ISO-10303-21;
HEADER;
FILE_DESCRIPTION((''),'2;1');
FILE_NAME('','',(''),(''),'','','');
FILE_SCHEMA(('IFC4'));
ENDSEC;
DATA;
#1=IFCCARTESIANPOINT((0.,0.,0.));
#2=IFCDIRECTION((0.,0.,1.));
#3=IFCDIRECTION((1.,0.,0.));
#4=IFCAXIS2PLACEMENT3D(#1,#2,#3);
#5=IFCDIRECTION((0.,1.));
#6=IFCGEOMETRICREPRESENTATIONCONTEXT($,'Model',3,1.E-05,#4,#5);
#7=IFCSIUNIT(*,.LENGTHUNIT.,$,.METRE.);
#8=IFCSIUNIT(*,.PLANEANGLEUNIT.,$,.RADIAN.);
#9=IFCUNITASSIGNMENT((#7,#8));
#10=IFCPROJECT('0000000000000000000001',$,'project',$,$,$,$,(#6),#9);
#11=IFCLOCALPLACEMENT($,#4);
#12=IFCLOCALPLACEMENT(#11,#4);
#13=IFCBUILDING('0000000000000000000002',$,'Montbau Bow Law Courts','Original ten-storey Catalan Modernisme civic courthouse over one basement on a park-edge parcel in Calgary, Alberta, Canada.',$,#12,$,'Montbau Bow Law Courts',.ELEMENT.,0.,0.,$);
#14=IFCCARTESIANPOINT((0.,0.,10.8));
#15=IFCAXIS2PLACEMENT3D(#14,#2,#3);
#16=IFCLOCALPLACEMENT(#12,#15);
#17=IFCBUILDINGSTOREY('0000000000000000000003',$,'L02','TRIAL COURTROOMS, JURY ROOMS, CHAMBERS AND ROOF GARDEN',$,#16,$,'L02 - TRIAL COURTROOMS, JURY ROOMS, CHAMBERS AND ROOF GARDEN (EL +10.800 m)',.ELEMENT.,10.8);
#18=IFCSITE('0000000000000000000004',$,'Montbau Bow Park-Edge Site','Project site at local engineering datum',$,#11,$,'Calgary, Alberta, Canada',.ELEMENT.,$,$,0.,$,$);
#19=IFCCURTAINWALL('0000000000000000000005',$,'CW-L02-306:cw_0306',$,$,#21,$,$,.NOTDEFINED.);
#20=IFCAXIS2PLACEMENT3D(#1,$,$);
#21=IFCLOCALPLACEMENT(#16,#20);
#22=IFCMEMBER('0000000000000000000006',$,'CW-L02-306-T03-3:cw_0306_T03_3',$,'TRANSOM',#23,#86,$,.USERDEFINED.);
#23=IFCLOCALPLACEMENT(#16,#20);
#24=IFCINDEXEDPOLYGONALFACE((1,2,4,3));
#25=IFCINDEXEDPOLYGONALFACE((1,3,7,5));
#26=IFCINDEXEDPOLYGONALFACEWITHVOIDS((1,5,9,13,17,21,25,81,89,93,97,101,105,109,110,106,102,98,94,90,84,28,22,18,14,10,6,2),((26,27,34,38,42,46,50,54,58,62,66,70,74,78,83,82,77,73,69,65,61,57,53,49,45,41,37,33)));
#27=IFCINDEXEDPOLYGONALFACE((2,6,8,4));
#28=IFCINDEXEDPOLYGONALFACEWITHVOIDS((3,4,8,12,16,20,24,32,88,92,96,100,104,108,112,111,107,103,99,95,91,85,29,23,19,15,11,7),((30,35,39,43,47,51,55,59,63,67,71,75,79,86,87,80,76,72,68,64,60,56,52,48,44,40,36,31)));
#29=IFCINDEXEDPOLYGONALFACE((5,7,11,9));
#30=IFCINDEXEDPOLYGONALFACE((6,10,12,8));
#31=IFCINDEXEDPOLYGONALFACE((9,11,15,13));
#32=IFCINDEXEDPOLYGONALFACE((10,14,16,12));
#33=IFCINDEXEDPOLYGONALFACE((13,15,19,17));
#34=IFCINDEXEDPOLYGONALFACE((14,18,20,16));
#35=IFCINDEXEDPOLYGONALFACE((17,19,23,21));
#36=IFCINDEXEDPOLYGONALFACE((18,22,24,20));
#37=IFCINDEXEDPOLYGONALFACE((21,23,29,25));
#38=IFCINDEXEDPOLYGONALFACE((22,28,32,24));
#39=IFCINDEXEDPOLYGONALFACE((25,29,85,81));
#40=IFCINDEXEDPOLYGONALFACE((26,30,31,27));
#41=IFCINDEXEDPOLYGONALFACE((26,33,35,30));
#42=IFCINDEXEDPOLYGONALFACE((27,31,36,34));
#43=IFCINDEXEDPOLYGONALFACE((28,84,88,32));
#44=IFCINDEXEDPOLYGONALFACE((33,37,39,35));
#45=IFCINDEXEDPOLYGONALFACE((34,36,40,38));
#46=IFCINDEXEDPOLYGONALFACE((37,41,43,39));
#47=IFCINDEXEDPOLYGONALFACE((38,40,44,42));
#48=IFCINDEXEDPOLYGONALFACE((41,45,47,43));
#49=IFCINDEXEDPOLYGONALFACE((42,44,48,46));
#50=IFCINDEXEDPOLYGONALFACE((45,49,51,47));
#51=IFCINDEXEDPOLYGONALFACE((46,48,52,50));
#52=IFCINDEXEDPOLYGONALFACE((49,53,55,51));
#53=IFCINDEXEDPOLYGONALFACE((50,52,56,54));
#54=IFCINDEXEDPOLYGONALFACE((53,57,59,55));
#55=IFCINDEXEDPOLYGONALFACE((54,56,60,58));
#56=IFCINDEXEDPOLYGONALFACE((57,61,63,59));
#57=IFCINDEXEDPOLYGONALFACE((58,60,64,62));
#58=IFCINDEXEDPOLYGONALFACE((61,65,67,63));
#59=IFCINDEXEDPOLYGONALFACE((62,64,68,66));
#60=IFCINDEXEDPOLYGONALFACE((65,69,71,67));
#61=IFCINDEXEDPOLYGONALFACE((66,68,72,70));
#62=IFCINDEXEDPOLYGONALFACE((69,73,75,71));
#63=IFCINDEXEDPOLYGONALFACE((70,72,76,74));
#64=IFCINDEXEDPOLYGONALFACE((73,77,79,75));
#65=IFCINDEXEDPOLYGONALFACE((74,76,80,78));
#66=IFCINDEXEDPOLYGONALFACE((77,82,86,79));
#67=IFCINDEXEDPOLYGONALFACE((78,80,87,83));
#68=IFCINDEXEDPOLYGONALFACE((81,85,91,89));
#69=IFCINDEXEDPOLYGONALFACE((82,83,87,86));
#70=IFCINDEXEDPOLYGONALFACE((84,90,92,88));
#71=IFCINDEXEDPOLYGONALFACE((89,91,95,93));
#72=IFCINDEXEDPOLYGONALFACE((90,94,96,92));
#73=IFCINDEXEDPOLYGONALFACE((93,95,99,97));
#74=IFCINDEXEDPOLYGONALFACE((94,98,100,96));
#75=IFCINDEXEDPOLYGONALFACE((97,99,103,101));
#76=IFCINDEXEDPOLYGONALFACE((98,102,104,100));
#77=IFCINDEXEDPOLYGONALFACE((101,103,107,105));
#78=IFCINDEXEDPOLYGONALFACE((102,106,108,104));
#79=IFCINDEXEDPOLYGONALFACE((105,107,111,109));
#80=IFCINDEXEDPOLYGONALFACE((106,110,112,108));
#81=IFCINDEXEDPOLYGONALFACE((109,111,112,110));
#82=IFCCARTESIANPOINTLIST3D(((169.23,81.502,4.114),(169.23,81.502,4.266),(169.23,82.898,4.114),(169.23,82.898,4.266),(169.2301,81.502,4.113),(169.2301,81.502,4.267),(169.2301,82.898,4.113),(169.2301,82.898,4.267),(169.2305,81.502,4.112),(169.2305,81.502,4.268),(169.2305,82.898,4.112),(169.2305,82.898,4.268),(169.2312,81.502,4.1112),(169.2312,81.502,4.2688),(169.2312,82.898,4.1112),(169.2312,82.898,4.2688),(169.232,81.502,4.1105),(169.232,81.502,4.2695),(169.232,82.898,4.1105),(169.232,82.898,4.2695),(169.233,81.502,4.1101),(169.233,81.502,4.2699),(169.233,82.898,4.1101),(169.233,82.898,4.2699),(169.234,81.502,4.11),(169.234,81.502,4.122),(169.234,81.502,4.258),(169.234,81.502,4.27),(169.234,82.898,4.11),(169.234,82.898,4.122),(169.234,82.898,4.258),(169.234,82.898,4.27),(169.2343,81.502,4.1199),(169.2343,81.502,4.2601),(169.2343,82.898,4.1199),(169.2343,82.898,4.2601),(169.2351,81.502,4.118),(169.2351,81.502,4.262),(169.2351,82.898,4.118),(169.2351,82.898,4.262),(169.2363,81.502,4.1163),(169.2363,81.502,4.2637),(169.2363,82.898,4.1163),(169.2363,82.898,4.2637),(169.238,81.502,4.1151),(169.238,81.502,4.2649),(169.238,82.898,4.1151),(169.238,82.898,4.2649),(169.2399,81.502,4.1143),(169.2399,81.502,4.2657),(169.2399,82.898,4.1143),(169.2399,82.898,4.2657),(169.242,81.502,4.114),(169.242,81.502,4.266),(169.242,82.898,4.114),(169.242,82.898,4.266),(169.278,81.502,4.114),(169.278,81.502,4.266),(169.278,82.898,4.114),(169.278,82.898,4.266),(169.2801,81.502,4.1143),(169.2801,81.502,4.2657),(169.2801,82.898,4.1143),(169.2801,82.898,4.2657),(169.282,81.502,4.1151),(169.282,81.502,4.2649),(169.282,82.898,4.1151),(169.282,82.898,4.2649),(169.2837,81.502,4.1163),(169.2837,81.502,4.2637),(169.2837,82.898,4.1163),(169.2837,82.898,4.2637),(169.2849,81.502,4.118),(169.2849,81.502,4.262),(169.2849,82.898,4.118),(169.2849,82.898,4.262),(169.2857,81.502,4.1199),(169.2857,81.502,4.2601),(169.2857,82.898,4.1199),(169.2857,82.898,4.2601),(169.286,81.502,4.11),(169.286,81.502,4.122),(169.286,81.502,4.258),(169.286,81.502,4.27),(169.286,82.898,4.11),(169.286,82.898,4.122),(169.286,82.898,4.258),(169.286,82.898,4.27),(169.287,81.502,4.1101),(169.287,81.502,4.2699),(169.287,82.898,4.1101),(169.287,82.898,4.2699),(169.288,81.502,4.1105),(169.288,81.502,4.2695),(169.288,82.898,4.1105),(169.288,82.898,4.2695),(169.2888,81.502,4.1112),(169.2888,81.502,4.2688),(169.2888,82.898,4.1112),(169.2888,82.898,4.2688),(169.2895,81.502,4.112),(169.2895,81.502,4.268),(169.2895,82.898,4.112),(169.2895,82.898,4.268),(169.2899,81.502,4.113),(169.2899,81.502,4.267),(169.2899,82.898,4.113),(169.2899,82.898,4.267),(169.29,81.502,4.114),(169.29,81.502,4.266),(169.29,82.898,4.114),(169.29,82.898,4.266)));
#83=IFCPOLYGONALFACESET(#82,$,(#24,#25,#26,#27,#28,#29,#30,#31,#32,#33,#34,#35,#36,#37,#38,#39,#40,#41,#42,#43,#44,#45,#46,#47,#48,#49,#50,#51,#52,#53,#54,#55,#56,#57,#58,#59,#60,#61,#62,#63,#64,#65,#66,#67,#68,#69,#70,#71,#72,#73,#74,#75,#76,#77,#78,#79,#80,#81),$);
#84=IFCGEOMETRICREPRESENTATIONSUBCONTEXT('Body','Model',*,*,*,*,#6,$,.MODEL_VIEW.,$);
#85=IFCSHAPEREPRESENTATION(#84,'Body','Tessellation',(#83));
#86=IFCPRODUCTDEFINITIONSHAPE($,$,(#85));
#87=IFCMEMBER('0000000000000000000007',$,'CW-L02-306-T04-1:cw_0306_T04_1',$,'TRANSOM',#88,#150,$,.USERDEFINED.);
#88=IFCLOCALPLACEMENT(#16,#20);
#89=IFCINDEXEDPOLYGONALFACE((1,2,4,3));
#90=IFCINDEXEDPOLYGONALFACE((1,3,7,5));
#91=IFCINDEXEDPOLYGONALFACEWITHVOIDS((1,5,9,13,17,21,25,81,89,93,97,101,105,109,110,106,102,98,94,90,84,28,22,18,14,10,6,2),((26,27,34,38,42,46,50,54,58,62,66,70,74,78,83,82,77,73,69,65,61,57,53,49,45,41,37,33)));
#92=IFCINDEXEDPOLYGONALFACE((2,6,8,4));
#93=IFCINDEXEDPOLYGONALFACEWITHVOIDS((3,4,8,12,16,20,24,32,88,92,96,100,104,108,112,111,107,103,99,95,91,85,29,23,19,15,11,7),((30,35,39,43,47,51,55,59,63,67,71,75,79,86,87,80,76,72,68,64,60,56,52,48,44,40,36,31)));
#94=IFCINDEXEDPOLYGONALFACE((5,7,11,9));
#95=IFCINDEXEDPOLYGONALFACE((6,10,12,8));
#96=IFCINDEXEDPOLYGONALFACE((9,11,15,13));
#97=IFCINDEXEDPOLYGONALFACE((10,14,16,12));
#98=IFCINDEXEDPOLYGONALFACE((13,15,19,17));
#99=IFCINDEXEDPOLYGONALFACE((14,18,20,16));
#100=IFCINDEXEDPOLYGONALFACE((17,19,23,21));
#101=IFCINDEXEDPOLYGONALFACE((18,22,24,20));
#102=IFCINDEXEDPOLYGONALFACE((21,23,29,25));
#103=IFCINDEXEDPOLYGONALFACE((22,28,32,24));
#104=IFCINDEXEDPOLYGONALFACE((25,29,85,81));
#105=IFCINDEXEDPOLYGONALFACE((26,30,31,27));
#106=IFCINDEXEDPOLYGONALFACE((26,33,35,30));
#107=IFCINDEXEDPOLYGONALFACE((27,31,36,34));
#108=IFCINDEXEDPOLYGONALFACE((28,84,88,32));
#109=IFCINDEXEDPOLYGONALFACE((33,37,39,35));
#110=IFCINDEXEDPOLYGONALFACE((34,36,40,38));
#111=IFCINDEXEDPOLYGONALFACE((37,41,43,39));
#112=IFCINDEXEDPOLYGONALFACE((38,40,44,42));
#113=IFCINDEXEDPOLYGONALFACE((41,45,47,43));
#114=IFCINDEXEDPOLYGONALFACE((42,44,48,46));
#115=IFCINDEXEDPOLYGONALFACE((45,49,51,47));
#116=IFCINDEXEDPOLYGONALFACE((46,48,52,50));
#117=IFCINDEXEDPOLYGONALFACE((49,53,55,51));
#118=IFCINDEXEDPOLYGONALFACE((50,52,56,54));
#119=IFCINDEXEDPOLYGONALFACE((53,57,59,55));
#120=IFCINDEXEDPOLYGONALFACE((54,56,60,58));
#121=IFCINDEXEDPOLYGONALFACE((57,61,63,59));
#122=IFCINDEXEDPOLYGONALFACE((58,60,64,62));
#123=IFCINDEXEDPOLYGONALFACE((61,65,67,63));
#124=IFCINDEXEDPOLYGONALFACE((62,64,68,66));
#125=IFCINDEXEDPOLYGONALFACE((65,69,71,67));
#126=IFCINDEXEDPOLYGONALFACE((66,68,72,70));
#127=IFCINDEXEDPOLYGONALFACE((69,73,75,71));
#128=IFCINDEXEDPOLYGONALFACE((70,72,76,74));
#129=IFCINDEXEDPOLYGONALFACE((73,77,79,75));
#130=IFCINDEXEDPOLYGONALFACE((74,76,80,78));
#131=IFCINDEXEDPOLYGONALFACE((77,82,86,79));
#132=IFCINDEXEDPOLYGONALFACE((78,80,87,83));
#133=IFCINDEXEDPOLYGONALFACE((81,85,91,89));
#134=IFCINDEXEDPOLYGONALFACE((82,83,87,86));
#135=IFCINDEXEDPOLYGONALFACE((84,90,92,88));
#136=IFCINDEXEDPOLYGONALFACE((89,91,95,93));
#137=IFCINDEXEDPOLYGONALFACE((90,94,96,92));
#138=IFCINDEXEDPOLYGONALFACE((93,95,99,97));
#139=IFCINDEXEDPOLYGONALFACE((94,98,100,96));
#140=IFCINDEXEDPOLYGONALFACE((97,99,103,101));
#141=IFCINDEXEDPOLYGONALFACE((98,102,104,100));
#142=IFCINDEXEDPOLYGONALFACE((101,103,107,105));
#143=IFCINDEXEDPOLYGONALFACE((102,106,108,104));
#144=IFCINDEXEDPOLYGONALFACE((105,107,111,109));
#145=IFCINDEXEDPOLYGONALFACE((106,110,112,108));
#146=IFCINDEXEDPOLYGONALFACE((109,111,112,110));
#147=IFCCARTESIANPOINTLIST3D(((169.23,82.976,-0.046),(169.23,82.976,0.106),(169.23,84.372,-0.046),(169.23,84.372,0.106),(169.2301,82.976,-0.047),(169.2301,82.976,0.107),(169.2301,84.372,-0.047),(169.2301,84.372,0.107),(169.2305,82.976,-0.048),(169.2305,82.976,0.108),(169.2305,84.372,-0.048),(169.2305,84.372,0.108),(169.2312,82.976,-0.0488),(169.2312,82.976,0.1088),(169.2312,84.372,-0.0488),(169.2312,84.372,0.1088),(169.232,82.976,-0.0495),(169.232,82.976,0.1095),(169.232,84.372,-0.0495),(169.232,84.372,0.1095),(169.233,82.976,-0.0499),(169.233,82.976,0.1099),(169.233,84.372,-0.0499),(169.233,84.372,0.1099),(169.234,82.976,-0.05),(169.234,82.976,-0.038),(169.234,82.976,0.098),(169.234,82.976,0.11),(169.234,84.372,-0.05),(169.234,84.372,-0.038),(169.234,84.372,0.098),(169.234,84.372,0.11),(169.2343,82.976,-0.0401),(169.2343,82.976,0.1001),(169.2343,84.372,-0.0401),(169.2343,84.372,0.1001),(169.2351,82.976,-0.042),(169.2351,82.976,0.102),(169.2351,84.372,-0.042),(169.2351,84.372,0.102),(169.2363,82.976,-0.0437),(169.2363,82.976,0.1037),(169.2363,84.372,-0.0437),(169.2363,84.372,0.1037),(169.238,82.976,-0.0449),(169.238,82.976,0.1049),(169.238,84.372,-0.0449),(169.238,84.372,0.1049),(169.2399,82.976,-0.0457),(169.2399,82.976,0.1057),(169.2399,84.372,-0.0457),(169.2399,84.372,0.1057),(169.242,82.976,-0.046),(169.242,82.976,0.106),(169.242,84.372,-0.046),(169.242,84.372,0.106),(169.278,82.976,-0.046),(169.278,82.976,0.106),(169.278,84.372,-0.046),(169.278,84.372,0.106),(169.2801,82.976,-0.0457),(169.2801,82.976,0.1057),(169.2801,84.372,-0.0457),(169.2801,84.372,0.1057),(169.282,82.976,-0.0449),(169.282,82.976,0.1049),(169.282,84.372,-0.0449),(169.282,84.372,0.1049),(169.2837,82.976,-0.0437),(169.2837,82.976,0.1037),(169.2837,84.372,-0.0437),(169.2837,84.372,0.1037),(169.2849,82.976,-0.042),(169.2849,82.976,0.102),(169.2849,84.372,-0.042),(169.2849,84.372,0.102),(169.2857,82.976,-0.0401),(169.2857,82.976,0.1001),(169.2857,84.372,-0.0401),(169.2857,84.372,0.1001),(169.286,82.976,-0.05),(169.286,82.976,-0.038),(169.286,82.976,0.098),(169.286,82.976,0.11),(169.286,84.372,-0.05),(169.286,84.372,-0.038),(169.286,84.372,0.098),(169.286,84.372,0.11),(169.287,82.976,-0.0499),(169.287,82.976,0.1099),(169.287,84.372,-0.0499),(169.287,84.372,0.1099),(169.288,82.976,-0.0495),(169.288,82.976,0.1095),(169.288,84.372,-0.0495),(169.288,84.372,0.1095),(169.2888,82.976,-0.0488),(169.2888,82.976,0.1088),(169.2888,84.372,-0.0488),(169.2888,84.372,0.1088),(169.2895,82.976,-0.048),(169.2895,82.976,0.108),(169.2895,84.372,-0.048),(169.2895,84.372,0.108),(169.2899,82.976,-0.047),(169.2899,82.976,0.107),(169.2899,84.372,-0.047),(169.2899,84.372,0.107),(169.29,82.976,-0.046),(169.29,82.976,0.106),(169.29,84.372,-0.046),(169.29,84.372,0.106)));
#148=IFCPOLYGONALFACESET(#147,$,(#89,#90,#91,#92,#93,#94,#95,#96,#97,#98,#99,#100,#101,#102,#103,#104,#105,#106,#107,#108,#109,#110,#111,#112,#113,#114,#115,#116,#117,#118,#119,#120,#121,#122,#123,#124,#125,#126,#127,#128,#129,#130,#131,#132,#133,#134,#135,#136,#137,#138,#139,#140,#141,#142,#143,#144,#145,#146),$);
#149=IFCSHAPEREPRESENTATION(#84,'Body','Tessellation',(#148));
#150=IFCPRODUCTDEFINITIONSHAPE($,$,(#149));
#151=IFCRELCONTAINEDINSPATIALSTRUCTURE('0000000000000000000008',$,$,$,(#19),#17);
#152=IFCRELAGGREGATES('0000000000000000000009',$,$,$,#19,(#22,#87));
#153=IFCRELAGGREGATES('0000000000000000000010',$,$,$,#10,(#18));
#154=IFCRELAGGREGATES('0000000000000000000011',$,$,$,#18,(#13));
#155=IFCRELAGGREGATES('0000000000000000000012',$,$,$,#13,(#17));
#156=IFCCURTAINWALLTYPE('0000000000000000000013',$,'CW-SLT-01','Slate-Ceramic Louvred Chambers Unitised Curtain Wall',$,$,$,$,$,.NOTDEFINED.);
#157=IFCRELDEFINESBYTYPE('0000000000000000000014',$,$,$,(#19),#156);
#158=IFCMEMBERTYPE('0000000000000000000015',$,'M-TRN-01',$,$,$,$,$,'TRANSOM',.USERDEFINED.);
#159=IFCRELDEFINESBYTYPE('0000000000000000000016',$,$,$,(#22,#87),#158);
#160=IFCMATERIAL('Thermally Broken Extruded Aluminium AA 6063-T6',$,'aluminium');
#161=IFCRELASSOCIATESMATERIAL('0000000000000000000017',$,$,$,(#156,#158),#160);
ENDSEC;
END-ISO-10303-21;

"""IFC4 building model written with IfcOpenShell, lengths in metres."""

from ifc_helpers import new_model, si_unit, direction, frame, origin_with_axes, origin_2d_with_axis, place, context, subcontext, project, spatial, hollow_rectangle, extrude, material, material_profile, profile_set, type_object, element, aggregate, save


model = new_model("IFC4")

# Units and contexts
model_context = context("Model", 3, precision=1e-05, world=origin_with_axes(), true_north=direction((0.0, 1.0)))
body_context = subcontext(model_context, "Body", "Model", "MODEL_VIEW")
ifc_project = project(units=[si_unit("LENGTHUNIT", "METRE"), si_unit("PLANEANGLEUNIT", "RADIAN")], contexts=[model_context])

# Site, building, storey
site_placement = place(None, origin_with_axes())
site = spatial("IfcSite", under=ifc_project, at=site_placement, Name="Montbau Bow Park-Edge Site", Description="Project site at local engineering datum", LongName="Calgary, Alberta, Canada", CompositionType="ELEMENT", RefElevation=0.0)
building_placement = place(site_placement, origin_with_axes())
building = spatial("IfcBuilding", under=site, at=building_placement, Name="Montbau Bow Law Courts", Description="Original ten-storey Catalan Modernisme civic courthouse over one basement on a park-edge parcel in Calgary, Alberta, Canada.", LongName="Montbau Bow Law Courts", CompositionType="ELEMENT", ElevationOfRefHeight=0.0, ElevationOfTerrain=0.0)
storey_placement = place(building_placement, frame((0.0, 0.0, 10.8), z_axis=(0.0, 0.0, 1.0), x_axis=(1.0, 0.0, 0.0)))
storey = spatial("IfcBuildingStorey", under=building, at=storey_placement, Name="L02", Description="TRIAL COURTROOMS, JURY ROOMS, CHAMBERS AND ROOF GARDEN", LongName="L02 - TRIAL COURTROOMS, JURY ROOMS, CHAMBERS AND ROOF GARDEN (EL +10.800 m)", CompositionType="ELEMENT", Elevation=10.8)

# Curtain wall
ifc_material_1 = material(Name="Thermally Broken Extruded Aluminium AA 6063-T6", Category="aluminium")
curtain_wall_type = type_object("IfcCurtainWallType", Name="CW-SLT-01", Description="Slate-Ceramic Louvred Chambers Unitised Curtain Wall", PredefinedType="NOTDEFINED", material=ifc_material_1)
curtain_wall_1_placement = place(None, frame((169.26, 78.515, 10.8), z_axis=(0.0, 0.0, 1.0), x_axis=(1.0, 0.0, 0.0)))
curtain_wall_1 = element("IfcCurtainWall", 1, at=curtain_wall_1_placement, inside=storey, type_object=curtain_wall_type, Name="CW-L02-306:cw_0306", PredefinedType="NOTDEFINED")

# Members
ifc_material_profile_1 = material_profile(ifc_material_1, hollow_rectangle(XDim=0.06, YDim=0.16, WallThickness=0.004, InnerFilletRadius=0.008, OuterFilletRadius=0.004, at=origin_2d_with_axis()), Name="CWT-160X60", Category="Main", Priority=0)
ifc_profile_set_1 = profile_set([ifc_material_profile_1], Name="Thermally Broken Extruded Aluminium AA 6063-T6")
member_type_1 = type_object("IfcMemberType", Name="M-TRN-01", ElementType="TRANSOM", PredefinedType="USERDEFINED", material=ifc_profile_set_1)
member_1_placement = place(None, frame((169.26, 81.502, 14.99), z_axis=(0.0, 1.0, 0.0), x_axis=(-1.0, 0.0, 0.0)))
member_1 = element("IfcMember", 2, at=member_1_placement, type_object=member_type_1, Name="CW-L02-306-T03-3:cw_0306_T03_3", ObjectType="TRANSOM", PredefinedType="USERDEFINED", context=body_context, shape_type="SweptSolid", body=[
    extrude(hollow_rectangle(XDim=0.06, YDim=0.16, WallThickness=0.004, InnerFilletRadius=0.008, OuterFilletRadius=0.004, at=origin_2d_with_axis()), origin_with_axes(), (0.0, 0.0, 1.0), 1.396),
])
member_2_placement = place(None, frame((169.26, 82.976, 10.83), z_axis=(0.0, 1.0, 0.0), x_axis=(-1.0, 0.0, 0.0)))
member_2 = element("IfcMember", 3, at=member_2_placement, type_object=member_type_1, Name="CW-L02-306-T04-1:cw_0306_T04_1", ObjectType="TRANSOM", PredefinedType="USERDEFINED", context=body_context, shape_type="SweptSolid", body=[
    extrude(hollow_rectangle(XDim=0.06, YDim=0.16, WallThickness=0.004, InnerFilletRadius=0.008, OuterFilletRadius=0.004, at=origin_2d_with_axis()), origin_with_axes(), (0.0, 0.0, 1.0), 1.396),
])

aggregate(curtain_wall_1, [member_1, member_2])

save(model, "model.ifc")
